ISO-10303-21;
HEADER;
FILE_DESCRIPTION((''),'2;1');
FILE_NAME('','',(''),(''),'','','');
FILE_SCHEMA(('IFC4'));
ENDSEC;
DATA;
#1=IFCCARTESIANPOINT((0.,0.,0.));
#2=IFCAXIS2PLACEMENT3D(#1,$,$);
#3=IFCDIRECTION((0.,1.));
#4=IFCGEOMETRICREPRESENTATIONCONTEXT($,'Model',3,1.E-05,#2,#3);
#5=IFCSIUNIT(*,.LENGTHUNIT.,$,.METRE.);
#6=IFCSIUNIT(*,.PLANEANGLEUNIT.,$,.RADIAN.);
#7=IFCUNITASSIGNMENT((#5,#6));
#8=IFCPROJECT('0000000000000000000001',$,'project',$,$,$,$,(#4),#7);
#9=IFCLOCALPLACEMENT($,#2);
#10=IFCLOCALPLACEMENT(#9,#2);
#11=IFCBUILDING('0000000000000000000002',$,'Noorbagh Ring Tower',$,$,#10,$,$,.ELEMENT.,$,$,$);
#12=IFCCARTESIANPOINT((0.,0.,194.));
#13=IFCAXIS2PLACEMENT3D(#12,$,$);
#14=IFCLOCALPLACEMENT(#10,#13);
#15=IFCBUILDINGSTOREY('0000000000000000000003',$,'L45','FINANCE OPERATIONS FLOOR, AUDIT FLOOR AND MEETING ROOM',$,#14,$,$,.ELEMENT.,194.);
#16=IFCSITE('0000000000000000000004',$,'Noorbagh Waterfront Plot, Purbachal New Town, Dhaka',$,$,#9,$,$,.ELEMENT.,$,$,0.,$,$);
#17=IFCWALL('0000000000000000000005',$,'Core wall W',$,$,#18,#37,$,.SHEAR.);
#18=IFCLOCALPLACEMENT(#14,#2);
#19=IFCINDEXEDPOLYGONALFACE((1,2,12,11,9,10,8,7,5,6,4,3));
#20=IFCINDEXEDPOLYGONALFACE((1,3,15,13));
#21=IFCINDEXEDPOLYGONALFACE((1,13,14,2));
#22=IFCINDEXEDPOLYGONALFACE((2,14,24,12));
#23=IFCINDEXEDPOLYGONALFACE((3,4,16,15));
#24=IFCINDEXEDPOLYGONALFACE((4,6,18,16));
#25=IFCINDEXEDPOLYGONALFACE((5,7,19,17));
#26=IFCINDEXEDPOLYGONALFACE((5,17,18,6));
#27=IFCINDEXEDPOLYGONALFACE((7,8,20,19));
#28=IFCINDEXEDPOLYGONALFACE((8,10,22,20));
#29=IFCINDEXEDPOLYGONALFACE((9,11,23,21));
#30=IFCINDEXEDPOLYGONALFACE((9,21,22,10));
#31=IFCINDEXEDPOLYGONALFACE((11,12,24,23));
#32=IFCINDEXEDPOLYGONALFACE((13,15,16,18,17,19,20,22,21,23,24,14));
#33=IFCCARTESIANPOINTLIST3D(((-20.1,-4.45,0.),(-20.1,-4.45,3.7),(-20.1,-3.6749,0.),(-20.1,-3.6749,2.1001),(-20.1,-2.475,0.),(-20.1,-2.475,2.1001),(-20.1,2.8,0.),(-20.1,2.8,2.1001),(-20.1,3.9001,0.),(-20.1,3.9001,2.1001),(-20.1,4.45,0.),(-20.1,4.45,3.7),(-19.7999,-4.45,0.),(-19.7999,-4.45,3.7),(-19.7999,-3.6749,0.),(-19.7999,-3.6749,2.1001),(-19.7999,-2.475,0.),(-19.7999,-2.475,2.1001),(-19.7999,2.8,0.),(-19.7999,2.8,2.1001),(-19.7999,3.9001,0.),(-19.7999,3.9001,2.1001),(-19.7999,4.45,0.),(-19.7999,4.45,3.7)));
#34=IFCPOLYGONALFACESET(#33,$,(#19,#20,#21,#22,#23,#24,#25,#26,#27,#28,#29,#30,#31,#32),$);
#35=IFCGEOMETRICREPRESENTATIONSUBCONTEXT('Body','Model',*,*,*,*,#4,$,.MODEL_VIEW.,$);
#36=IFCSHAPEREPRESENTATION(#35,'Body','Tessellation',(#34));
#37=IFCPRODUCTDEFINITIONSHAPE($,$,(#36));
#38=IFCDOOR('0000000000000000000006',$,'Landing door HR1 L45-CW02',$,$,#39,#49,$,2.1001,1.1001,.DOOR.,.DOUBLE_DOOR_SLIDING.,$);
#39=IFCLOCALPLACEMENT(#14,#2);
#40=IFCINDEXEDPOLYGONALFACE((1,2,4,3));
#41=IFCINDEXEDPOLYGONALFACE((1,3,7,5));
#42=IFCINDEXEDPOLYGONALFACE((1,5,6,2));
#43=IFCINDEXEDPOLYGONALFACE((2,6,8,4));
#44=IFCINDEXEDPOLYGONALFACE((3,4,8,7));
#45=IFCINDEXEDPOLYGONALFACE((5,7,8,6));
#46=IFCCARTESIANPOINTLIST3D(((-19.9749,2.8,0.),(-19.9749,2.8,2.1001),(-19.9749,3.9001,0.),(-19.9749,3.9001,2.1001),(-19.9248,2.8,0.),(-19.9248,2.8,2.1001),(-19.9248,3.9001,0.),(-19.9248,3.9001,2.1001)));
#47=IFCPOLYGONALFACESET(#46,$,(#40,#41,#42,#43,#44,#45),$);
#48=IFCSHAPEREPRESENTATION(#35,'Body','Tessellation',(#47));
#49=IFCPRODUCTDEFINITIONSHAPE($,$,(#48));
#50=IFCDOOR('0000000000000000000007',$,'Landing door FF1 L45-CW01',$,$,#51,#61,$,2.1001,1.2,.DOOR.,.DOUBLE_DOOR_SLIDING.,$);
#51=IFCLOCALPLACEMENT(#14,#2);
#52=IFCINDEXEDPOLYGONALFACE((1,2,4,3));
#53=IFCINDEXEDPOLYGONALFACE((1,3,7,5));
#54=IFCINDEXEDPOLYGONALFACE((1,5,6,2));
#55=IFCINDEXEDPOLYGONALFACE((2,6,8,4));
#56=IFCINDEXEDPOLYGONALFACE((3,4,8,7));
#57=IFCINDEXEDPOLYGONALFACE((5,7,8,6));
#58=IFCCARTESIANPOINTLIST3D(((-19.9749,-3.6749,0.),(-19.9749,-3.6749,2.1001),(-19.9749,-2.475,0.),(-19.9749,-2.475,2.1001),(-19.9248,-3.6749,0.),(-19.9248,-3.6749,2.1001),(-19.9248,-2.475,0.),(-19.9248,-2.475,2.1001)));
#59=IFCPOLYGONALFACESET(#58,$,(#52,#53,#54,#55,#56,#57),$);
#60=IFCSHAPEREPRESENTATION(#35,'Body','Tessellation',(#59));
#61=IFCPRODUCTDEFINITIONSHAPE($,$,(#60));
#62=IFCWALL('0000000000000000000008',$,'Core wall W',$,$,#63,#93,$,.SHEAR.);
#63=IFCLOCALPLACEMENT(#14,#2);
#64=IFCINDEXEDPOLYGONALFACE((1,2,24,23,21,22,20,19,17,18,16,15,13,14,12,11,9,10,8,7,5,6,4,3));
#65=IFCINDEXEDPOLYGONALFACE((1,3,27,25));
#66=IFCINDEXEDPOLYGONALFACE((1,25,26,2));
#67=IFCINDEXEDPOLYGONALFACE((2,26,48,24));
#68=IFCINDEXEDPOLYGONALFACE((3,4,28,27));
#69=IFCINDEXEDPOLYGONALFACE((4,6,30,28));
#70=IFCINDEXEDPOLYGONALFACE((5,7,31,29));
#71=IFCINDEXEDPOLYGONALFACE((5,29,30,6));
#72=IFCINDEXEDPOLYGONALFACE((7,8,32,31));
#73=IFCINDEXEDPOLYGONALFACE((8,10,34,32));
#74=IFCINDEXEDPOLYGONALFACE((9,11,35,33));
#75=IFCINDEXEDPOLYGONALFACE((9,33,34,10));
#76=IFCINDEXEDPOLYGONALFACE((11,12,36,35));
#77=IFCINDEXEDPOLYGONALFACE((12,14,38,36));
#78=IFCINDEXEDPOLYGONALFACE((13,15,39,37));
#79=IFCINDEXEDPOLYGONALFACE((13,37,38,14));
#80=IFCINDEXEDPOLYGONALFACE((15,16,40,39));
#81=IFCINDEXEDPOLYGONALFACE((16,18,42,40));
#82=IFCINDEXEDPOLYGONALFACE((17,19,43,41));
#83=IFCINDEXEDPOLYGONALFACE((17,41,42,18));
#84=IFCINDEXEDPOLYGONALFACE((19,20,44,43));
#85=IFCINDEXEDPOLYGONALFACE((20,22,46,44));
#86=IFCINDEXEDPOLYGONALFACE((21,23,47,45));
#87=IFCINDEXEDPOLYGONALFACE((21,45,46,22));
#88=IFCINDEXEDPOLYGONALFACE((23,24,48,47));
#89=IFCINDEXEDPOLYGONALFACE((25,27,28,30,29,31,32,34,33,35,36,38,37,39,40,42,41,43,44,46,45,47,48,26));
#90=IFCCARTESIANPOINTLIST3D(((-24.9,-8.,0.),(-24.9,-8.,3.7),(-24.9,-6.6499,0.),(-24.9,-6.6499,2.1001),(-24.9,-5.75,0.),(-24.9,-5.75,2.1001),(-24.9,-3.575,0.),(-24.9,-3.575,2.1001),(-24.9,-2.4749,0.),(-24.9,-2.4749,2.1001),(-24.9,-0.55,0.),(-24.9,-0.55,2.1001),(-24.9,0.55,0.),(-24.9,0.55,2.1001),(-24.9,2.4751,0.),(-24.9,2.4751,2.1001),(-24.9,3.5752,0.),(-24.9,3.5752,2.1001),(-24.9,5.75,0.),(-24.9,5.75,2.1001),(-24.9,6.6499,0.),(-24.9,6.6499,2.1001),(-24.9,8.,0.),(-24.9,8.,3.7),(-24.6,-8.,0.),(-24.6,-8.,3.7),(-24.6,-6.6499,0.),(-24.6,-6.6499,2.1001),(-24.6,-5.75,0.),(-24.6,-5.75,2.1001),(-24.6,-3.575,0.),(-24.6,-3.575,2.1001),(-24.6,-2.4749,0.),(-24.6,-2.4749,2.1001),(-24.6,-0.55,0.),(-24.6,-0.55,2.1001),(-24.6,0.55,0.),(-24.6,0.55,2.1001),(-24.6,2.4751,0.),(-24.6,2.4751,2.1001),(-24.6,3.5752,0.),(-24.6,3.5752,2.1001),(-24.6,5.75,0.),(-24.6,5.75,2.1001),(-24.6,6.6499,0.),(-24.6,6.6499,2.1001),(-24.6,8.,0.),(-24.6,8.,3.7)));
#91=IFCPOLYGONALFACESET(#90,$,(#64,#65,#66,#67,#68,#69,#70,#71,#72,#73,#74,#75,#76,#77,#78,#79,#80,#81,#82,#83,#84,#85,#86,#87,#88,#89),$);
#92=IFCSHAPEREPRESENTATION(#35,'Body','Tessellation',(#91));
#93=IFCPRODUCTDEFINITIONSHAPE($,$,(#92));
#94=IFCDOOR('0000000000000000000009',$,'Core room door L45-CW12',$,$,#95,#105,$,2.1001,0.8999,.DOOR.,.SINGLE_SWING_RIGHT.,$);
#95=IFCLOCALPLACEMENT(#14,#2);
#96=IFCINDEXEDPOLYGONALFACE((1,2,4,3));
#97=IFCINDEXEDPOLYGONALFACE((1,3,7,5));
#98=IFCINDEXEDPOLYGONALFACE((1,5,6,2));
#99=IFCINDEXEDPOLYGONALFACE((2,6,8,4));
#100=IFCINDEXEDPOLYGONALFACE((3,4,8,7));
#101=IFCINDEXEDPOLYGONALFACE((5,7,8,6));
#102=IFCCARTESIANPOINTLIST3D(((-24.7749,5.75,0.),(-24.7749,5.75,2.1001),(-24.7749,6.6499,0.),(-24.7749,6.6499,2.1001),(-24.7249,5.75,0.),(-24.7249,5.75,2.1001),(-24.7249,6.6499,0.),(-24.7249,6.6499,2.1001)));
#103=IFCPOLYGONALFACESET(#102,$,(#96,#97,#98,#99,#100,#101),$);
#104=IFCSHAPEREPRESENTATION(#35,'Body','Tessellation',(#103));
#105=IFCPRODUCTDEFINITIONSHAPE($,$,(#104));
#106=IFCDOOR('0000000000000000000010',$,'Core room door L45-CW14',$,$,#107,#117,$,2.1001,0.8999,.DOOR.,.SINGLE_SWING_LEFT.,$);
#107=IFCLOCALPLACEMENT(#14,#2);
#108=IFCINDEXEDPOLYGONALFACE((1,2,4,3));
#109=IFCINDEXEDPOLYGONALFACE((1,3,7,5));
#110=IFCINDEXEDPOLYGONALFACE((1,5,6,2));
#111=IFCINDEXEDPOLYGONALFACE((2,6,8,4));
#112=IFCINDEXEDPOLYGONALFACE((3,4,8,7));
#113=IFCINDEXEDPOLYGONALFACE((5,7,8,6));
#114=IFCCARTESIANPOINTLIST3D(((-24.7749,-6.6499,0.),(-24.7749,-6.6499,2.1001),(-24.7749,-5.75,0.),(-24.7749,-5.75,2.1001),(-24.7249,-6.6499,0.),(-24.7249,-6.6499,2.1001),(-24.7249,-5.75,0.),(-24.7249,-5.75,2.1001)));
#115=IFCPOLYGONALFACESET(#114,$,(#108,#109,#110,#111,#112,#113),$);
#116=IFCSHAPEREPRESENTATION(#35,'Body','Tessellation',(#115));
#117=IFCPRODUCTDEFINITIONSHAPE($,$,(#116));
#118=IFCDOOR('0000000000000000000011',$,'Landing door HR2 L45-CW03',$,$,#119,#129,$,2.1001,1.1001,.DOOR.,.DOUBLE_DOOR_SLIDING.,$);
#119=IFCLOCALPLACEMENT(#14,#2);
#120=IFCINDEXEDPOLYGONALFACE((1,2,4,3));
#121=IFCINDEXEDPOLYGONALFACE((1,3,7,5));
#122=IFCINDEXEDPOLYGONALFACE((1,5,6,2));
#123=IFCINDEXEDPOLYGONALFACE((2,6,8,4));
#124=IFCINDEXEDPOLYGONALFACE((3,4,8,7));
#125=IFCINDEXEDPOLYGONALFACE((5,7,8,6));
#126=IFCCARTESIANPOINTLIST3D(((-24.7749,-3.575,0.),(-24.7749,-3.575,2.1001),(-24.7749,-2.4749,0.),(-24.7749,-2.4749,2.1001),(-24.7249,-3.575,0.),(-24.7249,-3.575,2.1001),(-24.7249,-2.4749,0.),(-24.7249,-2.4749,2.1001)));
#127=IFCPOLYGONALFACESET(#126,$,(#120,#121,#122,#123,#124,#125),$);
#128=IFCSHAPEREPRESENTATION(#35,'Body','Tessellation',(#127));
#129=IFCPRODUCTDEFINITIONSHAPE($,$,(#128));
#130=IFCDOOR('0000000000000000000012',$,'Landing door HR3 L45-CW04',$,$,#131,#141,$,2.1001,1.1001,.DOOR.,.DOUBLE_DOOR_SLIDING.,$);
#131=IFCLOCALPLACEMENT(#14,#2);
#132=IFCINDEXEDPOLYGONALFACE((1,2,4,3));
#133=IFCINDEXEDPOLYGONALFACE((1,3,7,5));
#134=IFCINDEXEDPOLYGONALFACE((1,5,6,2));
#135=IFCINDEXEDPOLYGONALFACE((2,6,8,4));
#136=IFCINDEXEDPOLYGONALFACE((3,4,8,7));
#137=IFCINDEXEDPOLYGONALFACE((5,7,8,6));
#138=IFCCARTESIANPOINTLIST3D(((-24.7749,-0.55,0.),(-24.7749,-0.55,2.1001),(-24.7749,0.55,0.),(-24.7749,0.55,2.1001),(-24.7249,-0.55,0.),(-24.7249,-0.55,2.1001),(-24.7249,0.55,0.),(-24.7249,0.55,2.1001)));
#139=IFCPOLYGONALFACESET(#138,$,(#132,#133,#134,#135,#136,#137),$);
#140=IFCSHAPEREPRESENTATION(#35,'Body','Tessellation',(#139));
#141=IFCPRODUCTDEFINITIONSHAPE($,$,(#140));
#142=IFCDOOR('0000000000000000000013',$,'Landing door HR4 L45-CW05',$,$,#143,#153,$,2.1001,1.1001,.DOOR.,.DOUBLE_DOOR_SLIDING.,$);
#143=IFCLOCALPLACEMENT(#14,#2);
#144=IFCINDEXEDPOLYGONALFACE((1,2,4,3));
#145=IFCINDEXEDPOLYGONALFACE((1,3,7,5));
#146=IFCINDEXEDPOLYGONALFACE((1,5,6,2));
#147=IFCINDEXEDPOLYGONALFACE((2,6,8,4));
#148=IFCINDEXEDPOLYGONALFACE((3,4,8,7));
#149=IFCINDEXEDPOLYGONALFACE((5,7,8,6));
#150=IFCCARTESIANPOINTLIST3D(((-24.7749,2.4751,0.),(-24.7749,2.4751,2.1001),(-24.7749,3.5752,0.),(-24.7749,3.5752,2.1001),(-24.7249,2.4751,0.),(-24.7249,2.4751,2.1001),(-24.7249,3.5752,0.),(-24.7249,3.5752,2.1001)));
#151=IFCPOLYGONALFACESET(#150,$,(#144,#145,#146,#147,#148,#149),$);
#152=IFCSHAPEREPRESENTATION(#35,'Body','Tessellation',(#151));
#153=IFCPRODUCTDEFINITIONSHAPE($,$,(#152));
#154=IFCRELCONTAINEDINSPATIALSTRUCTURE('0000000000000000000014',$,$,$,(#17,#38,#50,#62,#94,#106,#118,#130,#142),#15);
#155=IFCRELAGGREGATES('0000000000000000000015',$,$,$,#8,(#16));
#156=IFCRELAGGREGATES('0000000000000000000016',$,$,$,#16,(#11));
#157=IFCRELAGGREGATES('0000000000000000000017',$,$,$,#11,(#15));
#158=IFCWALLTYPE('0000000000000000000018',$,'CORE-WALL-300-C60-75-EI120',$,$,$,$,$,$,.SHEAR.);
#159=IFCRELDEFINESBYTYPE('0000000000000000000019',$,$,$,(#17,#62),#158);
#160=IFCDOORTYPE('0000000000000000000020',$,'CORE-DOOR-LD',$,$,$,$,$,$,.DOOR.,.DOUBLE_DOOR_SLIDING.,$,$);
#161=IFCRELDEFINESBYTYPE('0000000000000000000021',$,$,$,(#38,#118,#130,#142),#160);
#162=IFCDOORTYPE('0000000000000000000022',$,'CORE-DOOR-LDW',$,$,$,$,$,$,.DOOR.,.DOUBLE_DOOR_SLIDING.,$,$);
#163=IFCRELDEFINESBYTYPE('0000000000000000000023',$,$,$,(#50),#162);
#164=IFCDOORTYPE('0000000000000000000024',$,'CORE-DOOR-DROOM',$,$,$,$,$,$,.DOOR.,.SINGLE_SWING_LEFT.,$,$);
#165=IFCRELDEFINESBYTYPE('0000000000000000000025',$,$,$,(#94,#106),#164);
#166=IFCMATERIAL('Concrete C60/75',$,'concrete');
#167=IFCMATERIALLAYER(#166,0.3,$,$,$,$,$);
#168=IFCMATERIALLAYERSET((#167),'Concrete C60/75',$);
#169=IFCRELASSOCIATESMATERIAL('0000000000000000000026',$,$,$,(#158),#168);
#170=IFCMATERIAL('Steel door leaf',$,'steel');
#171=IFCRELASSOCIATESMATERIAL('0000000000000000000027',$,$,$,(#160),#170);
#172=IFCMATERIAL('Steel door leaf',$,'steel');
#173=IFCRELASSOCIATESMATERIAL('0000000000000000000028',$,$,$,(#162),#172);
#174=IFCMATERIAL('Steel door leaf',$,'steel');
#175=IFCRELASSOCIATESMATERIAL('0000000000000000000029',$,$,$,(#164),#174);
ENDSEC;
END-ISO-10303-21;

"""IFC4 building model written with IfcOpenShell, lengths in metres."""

from ifc_helpers import new_model, si_unit, direction, frame, frame_2d, origin, place, context, subcontext, project, spatial, rectangle, extrude, material, layer, layer_set, type_object, element, fill, save


model = new_model("IFC4")

# Units and contexts
model_context = context("Model", 3, precision=1e-05, world=origin(), true_north=direction((0.0, 1.0)))
body_context = subcontext(model_context, "Body", "Model", "MODEL_VIEW")
ifc_project = project(units=[si_unit("LENGTHUNIT", "METRE"), si_unit("PLANEANGLEUNIT", "RADIAN")], contexts=[model_context])

# Site, building, storey
site_placement = place(None, origin())
site = spatial("IfcSite", under=ifc_project, at=site_placement, Name="Noorbagh Waterfront Plot, Purbachal New Town, Dhaka", CompositionType="ELEMENT", RefElevation=0.0)
building_placement = place(site_placement, origin())
building = spatial("IfcBuilding", under=site, at=building_placement, Name="Noorbagh Ring Tower", CompositionType="ELEMENT")
storey_placement = place(building_placement, frame((0.0, 0.0, 194.0)))
storey = spatial("IfcBuildingStorey", under=building, at=storey_placement, Name="L45", Description="FINANCE OPERATIONS FLOOR, AUDIT FLOOR AND MEETING ROOM", CompositionType="ELEMENT", Elevation=194.0)

# Shared definitions
ifc_material_1 = material(Name="Concrete C60/75", Category="concrete")
ifc_layer_1 = layer(ifc_material_1, 0.3)
ifc_layer_set_1 = layer_set([ifc_layer_1], Name="Concrete C60/75")
wall_type_1 = type_object("IfcWallType", Name="CORE-WALL-300-C60-75-EI120", PredefinedType="SHEAR", material=ifc_layer_set_1)

# Walls, openings, doors
wall_1_placement = place(storey_placement, frame((-19.95, -4.45, 0.0), z_axis=(0.0, 0.0, 1.0), x_axis=(0.0, 1.0, 0.0)))
wall_1 = element("IfcWall", 1, at=wall_1_placement, inside=storey, type_object=wall_type_1, Name="Core wall W", PredefinedType="SHEAR", context=body_context, shape_type="SweptSolid", body=[
    extrude(rectangle(XDim=8.8999, YDim=0.3, at=frame_2d((4.45, 0.0))), origin(), (0.0, 0.0, 1.0), 3.7),
])
opening_1_placement = place(wall_1_placement, frame((0.7749, 0.0, 0.0)))
opening_1 = element("IfcOpeningElement", 2, at=opening_1_placement, cuts=wall_1, PredefinedType="OPENING", context=body_context, shape_type="SweptSolid", body=[
    extrude(rectangle(XDim=1.2, YDim=2.1001, at=frame_2d((0.6001, 1.05))), frame((0.0, 0.1602, 0.0), z_axis=(0.0, -1.0, 0.0), x_axis=(1.0, 0.0, 0.0)), (0.0, 0.0, 1.0), 0.3201),
])
opening_2_placement = place(wall_1_placement, frame((7.25, 0.0, 0.0)))
opening_2 = element("IfcOpeningElement", 3, at=opening_2_placement, cuts=wall_1, PredefinedType="OPENING", context=body_context, shape_type="SweptSolid", body=[
    extrude(rectangle(XDim=1.1001, YDim=2.1001, at=frame_2d((0.55, 1.05))), frame((0.0, 0.1602, 0.0), z_axis=(0.0, -1.0, 0.0), x_axis=(1.0, 0.0, 0.0)), (0.0, 0.0, 1.0), 0.3201),
])
ifc_material_2 = material(Name="Steel door leaf", Category="steel")
door_type_1 = type_object("IfcDoorType", Name="CORE-DOOR-LD", OperationType="DOUBLE_DOOR_SLIDING", PredefinedType="DOOR", material=ifc_material_2)
door_1_placement = place(opening_2_placement, origin())
door_1 = element("IfcDoor", 4, at=door_1_placement, inside=storey, type_object=door_type_1, Name="Landing door HR1 L45-CW02", OperationType="DOUBLE_DOOR_SLIDING", OverallHeight=2.1001, OverallWidth=1.1001, PredefinedType="DOOR", context=body_context, shape_type="SweptSolid", body=[
    extrude(rectangle(XDim=1.1001, YDim=2.1001, at=frame_2d((0.55, 1.05))), frame((0.0, 0.0249, 0.0), z_axis=(0.0, -1.0, 0.0), x_axis=(1.0, 0.0, 0.0)), (0.0, 0.0, 1.0), 0.05),
])
fill(opening_2, door_1)
ifc_material_3 = material(Name="Steel door leaf", Category="steel")
door_type_2 = type_object("IfcDoorType", Name="CORE-DOOR-LDW", OperationType="DOUBLE_DOOR_SLIDING", PredefinedType="DOOR", material=ifc_material_3)
door_2_placement = place(opening_1_placement, origin())
door_2 = element("IfcDoor", 5, at=door_2_placement, inside=storey, type_object=door_type_2, Name="Landing door FF1 L45-CW01", OperationType="DOUBLE_DOOR_SLIDING", OverallHeight=2.1001, OverallWidth=1.2, PredefinedType="DOOR", context=body_context, shape_type="SweptSolid", body=[
    extrude(rectangle(XDim=1.2, YDim=2.1001, at=frame_2d((0.6001, 1.05))), frame((0.0, 0.0249, 0.0), z_axis=(0.0, -1.0, 0.0), x_axis=(1.0, 0.0, 0.0)), (0.0, 0.0, 1.0), 0.05),
])
fill(opening_1, door_2)
wall_2_placement = place(storey_placement, frame((-24.75, -8.0, 0.0), z_axis=(0.0, 0.0, 1.0), x_axis=(0.0, 1.0, 0.0)))
wall_2 = element("IfcWall", 6, at=wall_2_placement, inside=storey, type_object=wall_type_1, Name="Core wall W", PredefinedType="SHEAR", context=body_context, shape_type="SweptSolid", body=[
    extrude(rectangle(XDim=16.0, YDim=0.3, at=frame_2d((8.0, 0.0))), origin(), (0.0, 0.0, 1.0), 3.7),
])
opening_3_placement = place(wall_2_placement, frame((4.425, 0.0, 0.0)))
opening_3 = element("IfcOpeningElement", 7, at=opening_3_placement, cuts=wall_2, PredefinedType="OPENING", context=body_context, shape_type="SweptSolid", body=[
    extrude(rectangle(XDim=1.1001, YDim=2.1001, at=frame_2d((0.55, 1.05))), frame((0.0, 0.1602, 0.0), z_axis=(0.0, -1.0, 0.0), x_axis=(1.0, 0.0, 0.0)), (0.0, 0.0, 1.0), 0.3201),
])
opening_4_placement = place(wall_2_placement, frame((7.45, 0.0, 0.0)))
opening_4 = element("IfcOpeningElement", 8, at=opening_4_placement, cuts=wall_2, PredefinedType="OPENING", context=body_context, shape_type="SweptSolid", body=[
    extrude(rectangle(XDim=1.1001, YDim=2.1001, at=frame_2d((0.55, 1.05))), frame((0.0, 0.1602, 0.0), z_axis=(0.0, -1.0, 0.0), x_axis=(1.0, 0.0, 0.0)), (0.0, 0.0, 1.0), 0.3201),
])
opening_5_placement = place(wall_2_placement, frame((10.4751, 0.0, 0.0)))
opening_5 = element("IfcOpeningElement", 9, at=opening_5_placement, cuts=wall_2, PredefinedType="OPENING", context=body_context, shape_type="SweptSolid", body=[
    extrude(rectangle(XDim=1.1001, YDim=2.1001, at=frame_2d((0.55, 1.05))), frame((0.0, 0.1602, 0.0), z_axis=(0.0, -1.0, 0.0), x_axis=(1.0, 0.0, 0.0)), (0.0, 0.0, 1.0), 0.3201),
])
opening_6_placement = place(wall_2_placement, frame((13.75, 0.0, 0.0)))
opening_6 = element("IfcOpeningElement", 10, at=opening_6_placement, cuts=wall_2, PredefinedType="OPENING", context=body_context, shape_type="SweptSolid", body=[
    extrude(rectangle(XDim=0.8999, YDim=2.1001, at=frame_2d((0.45, 1.05))), frame((0.0, 0.1602, 0.0), z_axis=(0.0, -1.0, 0.0), x_axis=(1.0, 0.0, 0.0)), (0.0, 0.0, 1.0), 0.3201),
])
opening_7_placement = place(wall_2_placement, frame((1.3501, 0.0, 0.0)))
opening_7 = element("IfcOpeningElement", 11, at=opening_7_placement, cuts=wall_2, PredefinedType="OPENING", context=body_context, shape_type="SweptSolid", body=[
    extrude(rectangle(XDim=0.8999, YDim=2.1001, at=frame_2d((0.45, 1.05))), frame((0.0, 0.1602, 0.0), z_axis=(0.0, -1.0, 0.0), x_axis=(1.0, 0.0, 0.0)), (0.0, 0.0, 1.0), 0.3201),
])
ifc_material_4 = material(Name="Steel door leaf", Category="steel")
door_type_3 = type_object("IfcDoorType", Name="CORE-DOOR-DROOM", OperationType="SINGLE_SWING_LEFT", PredefinedType="DOOR", material=ifc_material_4)
door_3_placement = place(opening_6_placement, origin())
door_3 = element("IfcDoor", 12, at=door_3_placement, inside=storey, type_object=door_type_3, Name="Core room door L45-CW12", OperationType="SINGLE_SWING_RIGHT", OverallHeight=2.1001, OverallWidth=0.8999, PredefinedType="DOOR", context=body_context, shape_type="SweptSolid", body=[
    extrude(rectangle(XDim=0.8999, YDim=2.1001, at=frame_2d((0.45, 1.05))), frame((0.0, 0.0249, 0.0), z_axis=(0.0, -1.0, 0.0), x_axis=(1.0, 0.0, 0.0)), (0.0, 0.0, 1.0), 0.05),
])
fill(opening_6, door_3)
door_4_placement = place(opening_7_placement, origin())
door_4 = element("IfcDoor", 13, at=door_4_placement, inside=storey, type_object=door_type_3, Name="Core room door L45-CW14", OperationType="SINGLE_SWING_LEFT", OverallHeight=2.1001, OverallWidth=0.8999, PredefinedType="DOOR", context=body_context, shape_type="SweptSolid", body=[
    extrude(rectangle(XDim=0.8999, YDim=2.1001, at=frame_2d((0.45, 1.05))), frame((0.0, 0.0249, 0.0), z_axis=(0.0, -1.0, 0.0), x_axis=(1.0, 0.0, 0.0)), (0.0, 0.0, 1.0), 0.05),
])
fill(opening_7, door_4)
door_5_placement = place(opening_3_placement, origin())
door_5 = element("IfcDoor", 14, at=door_5_placement, inside=storey, type_object=door_type_1, Name="Landing door HR2 L45-CW03", OperationType="DOUBLE_DOOR_SLIDING", OverallHeight=2.1001, OverallWidth=1.1001, PredefinedType="DOOR", context=body_context, shape_type="SweptSolid", body=[
    extrude(rectangle(XDim=1.1001, YDim=2.1001, at=frame_2d((0.55, 1.05))), frame((0.0, 0.0249, 0.0), z_axis=(0.0, -1.0, 0.0), x_axis=(1.0, 0.0, 0.0)), (0.0, 0.0, 1.0), 0.05),
])
fill(opening_3, door_5)
door_6_placement = place(opening_4_placement, origin())
door_6 = element("IfcDoor", 15, at=door_6_placement, inside=storey, type_object=door_type_1, Name="Landing door HR3 L45-CW04", OperationType="DOUBLE_DOOR_SLIDING", OverallHeight=2.1001, OverallWidth=1.1001, PredefinedType="DOOR", context=body_context, shape_type="SweptSolid", body=[
    extrude(rectangle(XDim=1.1001, YDim=2.1001, at=frame_2d((0.55, 1.05))), frame((0.0, 0.0249, 0.0), z_axis=(0.0, -1.0, 0.0), x_axis=(1.0, 0.0, 0.0)), (0.0, 0.0, 1.0), 0.05),
])
fill(opening_4, door_6)
door_7_placement = place(opening_5_placement, origin())
door_7 = element("IfcDoor", 16, at=door_7_placement, inside=storey, type_object=door_type_1, Name="Landing door HR4 L45-CW05", OperationType="DOUBLE_DOOR_SLIDING", OverallHeight=2.1001, OverallWidth=1.1001, PredefinedType="DOOR", context=body_context, shape_type="SweptSolid", body=[
    extrude(rectangle(XDim=1.1001, YDim=2.1001, at=frame_2d((0.55, 1.05))), frame((0.0, 0.0249, 0.0), z_axis=(0.0, -1.0, 0.0), x_axis=(1.0, 0.0, 0.0)), (0.0, 0.0, 1.0), 0.05),
])
fill(opening_5, door_7)

save(model, "model.ifc")
